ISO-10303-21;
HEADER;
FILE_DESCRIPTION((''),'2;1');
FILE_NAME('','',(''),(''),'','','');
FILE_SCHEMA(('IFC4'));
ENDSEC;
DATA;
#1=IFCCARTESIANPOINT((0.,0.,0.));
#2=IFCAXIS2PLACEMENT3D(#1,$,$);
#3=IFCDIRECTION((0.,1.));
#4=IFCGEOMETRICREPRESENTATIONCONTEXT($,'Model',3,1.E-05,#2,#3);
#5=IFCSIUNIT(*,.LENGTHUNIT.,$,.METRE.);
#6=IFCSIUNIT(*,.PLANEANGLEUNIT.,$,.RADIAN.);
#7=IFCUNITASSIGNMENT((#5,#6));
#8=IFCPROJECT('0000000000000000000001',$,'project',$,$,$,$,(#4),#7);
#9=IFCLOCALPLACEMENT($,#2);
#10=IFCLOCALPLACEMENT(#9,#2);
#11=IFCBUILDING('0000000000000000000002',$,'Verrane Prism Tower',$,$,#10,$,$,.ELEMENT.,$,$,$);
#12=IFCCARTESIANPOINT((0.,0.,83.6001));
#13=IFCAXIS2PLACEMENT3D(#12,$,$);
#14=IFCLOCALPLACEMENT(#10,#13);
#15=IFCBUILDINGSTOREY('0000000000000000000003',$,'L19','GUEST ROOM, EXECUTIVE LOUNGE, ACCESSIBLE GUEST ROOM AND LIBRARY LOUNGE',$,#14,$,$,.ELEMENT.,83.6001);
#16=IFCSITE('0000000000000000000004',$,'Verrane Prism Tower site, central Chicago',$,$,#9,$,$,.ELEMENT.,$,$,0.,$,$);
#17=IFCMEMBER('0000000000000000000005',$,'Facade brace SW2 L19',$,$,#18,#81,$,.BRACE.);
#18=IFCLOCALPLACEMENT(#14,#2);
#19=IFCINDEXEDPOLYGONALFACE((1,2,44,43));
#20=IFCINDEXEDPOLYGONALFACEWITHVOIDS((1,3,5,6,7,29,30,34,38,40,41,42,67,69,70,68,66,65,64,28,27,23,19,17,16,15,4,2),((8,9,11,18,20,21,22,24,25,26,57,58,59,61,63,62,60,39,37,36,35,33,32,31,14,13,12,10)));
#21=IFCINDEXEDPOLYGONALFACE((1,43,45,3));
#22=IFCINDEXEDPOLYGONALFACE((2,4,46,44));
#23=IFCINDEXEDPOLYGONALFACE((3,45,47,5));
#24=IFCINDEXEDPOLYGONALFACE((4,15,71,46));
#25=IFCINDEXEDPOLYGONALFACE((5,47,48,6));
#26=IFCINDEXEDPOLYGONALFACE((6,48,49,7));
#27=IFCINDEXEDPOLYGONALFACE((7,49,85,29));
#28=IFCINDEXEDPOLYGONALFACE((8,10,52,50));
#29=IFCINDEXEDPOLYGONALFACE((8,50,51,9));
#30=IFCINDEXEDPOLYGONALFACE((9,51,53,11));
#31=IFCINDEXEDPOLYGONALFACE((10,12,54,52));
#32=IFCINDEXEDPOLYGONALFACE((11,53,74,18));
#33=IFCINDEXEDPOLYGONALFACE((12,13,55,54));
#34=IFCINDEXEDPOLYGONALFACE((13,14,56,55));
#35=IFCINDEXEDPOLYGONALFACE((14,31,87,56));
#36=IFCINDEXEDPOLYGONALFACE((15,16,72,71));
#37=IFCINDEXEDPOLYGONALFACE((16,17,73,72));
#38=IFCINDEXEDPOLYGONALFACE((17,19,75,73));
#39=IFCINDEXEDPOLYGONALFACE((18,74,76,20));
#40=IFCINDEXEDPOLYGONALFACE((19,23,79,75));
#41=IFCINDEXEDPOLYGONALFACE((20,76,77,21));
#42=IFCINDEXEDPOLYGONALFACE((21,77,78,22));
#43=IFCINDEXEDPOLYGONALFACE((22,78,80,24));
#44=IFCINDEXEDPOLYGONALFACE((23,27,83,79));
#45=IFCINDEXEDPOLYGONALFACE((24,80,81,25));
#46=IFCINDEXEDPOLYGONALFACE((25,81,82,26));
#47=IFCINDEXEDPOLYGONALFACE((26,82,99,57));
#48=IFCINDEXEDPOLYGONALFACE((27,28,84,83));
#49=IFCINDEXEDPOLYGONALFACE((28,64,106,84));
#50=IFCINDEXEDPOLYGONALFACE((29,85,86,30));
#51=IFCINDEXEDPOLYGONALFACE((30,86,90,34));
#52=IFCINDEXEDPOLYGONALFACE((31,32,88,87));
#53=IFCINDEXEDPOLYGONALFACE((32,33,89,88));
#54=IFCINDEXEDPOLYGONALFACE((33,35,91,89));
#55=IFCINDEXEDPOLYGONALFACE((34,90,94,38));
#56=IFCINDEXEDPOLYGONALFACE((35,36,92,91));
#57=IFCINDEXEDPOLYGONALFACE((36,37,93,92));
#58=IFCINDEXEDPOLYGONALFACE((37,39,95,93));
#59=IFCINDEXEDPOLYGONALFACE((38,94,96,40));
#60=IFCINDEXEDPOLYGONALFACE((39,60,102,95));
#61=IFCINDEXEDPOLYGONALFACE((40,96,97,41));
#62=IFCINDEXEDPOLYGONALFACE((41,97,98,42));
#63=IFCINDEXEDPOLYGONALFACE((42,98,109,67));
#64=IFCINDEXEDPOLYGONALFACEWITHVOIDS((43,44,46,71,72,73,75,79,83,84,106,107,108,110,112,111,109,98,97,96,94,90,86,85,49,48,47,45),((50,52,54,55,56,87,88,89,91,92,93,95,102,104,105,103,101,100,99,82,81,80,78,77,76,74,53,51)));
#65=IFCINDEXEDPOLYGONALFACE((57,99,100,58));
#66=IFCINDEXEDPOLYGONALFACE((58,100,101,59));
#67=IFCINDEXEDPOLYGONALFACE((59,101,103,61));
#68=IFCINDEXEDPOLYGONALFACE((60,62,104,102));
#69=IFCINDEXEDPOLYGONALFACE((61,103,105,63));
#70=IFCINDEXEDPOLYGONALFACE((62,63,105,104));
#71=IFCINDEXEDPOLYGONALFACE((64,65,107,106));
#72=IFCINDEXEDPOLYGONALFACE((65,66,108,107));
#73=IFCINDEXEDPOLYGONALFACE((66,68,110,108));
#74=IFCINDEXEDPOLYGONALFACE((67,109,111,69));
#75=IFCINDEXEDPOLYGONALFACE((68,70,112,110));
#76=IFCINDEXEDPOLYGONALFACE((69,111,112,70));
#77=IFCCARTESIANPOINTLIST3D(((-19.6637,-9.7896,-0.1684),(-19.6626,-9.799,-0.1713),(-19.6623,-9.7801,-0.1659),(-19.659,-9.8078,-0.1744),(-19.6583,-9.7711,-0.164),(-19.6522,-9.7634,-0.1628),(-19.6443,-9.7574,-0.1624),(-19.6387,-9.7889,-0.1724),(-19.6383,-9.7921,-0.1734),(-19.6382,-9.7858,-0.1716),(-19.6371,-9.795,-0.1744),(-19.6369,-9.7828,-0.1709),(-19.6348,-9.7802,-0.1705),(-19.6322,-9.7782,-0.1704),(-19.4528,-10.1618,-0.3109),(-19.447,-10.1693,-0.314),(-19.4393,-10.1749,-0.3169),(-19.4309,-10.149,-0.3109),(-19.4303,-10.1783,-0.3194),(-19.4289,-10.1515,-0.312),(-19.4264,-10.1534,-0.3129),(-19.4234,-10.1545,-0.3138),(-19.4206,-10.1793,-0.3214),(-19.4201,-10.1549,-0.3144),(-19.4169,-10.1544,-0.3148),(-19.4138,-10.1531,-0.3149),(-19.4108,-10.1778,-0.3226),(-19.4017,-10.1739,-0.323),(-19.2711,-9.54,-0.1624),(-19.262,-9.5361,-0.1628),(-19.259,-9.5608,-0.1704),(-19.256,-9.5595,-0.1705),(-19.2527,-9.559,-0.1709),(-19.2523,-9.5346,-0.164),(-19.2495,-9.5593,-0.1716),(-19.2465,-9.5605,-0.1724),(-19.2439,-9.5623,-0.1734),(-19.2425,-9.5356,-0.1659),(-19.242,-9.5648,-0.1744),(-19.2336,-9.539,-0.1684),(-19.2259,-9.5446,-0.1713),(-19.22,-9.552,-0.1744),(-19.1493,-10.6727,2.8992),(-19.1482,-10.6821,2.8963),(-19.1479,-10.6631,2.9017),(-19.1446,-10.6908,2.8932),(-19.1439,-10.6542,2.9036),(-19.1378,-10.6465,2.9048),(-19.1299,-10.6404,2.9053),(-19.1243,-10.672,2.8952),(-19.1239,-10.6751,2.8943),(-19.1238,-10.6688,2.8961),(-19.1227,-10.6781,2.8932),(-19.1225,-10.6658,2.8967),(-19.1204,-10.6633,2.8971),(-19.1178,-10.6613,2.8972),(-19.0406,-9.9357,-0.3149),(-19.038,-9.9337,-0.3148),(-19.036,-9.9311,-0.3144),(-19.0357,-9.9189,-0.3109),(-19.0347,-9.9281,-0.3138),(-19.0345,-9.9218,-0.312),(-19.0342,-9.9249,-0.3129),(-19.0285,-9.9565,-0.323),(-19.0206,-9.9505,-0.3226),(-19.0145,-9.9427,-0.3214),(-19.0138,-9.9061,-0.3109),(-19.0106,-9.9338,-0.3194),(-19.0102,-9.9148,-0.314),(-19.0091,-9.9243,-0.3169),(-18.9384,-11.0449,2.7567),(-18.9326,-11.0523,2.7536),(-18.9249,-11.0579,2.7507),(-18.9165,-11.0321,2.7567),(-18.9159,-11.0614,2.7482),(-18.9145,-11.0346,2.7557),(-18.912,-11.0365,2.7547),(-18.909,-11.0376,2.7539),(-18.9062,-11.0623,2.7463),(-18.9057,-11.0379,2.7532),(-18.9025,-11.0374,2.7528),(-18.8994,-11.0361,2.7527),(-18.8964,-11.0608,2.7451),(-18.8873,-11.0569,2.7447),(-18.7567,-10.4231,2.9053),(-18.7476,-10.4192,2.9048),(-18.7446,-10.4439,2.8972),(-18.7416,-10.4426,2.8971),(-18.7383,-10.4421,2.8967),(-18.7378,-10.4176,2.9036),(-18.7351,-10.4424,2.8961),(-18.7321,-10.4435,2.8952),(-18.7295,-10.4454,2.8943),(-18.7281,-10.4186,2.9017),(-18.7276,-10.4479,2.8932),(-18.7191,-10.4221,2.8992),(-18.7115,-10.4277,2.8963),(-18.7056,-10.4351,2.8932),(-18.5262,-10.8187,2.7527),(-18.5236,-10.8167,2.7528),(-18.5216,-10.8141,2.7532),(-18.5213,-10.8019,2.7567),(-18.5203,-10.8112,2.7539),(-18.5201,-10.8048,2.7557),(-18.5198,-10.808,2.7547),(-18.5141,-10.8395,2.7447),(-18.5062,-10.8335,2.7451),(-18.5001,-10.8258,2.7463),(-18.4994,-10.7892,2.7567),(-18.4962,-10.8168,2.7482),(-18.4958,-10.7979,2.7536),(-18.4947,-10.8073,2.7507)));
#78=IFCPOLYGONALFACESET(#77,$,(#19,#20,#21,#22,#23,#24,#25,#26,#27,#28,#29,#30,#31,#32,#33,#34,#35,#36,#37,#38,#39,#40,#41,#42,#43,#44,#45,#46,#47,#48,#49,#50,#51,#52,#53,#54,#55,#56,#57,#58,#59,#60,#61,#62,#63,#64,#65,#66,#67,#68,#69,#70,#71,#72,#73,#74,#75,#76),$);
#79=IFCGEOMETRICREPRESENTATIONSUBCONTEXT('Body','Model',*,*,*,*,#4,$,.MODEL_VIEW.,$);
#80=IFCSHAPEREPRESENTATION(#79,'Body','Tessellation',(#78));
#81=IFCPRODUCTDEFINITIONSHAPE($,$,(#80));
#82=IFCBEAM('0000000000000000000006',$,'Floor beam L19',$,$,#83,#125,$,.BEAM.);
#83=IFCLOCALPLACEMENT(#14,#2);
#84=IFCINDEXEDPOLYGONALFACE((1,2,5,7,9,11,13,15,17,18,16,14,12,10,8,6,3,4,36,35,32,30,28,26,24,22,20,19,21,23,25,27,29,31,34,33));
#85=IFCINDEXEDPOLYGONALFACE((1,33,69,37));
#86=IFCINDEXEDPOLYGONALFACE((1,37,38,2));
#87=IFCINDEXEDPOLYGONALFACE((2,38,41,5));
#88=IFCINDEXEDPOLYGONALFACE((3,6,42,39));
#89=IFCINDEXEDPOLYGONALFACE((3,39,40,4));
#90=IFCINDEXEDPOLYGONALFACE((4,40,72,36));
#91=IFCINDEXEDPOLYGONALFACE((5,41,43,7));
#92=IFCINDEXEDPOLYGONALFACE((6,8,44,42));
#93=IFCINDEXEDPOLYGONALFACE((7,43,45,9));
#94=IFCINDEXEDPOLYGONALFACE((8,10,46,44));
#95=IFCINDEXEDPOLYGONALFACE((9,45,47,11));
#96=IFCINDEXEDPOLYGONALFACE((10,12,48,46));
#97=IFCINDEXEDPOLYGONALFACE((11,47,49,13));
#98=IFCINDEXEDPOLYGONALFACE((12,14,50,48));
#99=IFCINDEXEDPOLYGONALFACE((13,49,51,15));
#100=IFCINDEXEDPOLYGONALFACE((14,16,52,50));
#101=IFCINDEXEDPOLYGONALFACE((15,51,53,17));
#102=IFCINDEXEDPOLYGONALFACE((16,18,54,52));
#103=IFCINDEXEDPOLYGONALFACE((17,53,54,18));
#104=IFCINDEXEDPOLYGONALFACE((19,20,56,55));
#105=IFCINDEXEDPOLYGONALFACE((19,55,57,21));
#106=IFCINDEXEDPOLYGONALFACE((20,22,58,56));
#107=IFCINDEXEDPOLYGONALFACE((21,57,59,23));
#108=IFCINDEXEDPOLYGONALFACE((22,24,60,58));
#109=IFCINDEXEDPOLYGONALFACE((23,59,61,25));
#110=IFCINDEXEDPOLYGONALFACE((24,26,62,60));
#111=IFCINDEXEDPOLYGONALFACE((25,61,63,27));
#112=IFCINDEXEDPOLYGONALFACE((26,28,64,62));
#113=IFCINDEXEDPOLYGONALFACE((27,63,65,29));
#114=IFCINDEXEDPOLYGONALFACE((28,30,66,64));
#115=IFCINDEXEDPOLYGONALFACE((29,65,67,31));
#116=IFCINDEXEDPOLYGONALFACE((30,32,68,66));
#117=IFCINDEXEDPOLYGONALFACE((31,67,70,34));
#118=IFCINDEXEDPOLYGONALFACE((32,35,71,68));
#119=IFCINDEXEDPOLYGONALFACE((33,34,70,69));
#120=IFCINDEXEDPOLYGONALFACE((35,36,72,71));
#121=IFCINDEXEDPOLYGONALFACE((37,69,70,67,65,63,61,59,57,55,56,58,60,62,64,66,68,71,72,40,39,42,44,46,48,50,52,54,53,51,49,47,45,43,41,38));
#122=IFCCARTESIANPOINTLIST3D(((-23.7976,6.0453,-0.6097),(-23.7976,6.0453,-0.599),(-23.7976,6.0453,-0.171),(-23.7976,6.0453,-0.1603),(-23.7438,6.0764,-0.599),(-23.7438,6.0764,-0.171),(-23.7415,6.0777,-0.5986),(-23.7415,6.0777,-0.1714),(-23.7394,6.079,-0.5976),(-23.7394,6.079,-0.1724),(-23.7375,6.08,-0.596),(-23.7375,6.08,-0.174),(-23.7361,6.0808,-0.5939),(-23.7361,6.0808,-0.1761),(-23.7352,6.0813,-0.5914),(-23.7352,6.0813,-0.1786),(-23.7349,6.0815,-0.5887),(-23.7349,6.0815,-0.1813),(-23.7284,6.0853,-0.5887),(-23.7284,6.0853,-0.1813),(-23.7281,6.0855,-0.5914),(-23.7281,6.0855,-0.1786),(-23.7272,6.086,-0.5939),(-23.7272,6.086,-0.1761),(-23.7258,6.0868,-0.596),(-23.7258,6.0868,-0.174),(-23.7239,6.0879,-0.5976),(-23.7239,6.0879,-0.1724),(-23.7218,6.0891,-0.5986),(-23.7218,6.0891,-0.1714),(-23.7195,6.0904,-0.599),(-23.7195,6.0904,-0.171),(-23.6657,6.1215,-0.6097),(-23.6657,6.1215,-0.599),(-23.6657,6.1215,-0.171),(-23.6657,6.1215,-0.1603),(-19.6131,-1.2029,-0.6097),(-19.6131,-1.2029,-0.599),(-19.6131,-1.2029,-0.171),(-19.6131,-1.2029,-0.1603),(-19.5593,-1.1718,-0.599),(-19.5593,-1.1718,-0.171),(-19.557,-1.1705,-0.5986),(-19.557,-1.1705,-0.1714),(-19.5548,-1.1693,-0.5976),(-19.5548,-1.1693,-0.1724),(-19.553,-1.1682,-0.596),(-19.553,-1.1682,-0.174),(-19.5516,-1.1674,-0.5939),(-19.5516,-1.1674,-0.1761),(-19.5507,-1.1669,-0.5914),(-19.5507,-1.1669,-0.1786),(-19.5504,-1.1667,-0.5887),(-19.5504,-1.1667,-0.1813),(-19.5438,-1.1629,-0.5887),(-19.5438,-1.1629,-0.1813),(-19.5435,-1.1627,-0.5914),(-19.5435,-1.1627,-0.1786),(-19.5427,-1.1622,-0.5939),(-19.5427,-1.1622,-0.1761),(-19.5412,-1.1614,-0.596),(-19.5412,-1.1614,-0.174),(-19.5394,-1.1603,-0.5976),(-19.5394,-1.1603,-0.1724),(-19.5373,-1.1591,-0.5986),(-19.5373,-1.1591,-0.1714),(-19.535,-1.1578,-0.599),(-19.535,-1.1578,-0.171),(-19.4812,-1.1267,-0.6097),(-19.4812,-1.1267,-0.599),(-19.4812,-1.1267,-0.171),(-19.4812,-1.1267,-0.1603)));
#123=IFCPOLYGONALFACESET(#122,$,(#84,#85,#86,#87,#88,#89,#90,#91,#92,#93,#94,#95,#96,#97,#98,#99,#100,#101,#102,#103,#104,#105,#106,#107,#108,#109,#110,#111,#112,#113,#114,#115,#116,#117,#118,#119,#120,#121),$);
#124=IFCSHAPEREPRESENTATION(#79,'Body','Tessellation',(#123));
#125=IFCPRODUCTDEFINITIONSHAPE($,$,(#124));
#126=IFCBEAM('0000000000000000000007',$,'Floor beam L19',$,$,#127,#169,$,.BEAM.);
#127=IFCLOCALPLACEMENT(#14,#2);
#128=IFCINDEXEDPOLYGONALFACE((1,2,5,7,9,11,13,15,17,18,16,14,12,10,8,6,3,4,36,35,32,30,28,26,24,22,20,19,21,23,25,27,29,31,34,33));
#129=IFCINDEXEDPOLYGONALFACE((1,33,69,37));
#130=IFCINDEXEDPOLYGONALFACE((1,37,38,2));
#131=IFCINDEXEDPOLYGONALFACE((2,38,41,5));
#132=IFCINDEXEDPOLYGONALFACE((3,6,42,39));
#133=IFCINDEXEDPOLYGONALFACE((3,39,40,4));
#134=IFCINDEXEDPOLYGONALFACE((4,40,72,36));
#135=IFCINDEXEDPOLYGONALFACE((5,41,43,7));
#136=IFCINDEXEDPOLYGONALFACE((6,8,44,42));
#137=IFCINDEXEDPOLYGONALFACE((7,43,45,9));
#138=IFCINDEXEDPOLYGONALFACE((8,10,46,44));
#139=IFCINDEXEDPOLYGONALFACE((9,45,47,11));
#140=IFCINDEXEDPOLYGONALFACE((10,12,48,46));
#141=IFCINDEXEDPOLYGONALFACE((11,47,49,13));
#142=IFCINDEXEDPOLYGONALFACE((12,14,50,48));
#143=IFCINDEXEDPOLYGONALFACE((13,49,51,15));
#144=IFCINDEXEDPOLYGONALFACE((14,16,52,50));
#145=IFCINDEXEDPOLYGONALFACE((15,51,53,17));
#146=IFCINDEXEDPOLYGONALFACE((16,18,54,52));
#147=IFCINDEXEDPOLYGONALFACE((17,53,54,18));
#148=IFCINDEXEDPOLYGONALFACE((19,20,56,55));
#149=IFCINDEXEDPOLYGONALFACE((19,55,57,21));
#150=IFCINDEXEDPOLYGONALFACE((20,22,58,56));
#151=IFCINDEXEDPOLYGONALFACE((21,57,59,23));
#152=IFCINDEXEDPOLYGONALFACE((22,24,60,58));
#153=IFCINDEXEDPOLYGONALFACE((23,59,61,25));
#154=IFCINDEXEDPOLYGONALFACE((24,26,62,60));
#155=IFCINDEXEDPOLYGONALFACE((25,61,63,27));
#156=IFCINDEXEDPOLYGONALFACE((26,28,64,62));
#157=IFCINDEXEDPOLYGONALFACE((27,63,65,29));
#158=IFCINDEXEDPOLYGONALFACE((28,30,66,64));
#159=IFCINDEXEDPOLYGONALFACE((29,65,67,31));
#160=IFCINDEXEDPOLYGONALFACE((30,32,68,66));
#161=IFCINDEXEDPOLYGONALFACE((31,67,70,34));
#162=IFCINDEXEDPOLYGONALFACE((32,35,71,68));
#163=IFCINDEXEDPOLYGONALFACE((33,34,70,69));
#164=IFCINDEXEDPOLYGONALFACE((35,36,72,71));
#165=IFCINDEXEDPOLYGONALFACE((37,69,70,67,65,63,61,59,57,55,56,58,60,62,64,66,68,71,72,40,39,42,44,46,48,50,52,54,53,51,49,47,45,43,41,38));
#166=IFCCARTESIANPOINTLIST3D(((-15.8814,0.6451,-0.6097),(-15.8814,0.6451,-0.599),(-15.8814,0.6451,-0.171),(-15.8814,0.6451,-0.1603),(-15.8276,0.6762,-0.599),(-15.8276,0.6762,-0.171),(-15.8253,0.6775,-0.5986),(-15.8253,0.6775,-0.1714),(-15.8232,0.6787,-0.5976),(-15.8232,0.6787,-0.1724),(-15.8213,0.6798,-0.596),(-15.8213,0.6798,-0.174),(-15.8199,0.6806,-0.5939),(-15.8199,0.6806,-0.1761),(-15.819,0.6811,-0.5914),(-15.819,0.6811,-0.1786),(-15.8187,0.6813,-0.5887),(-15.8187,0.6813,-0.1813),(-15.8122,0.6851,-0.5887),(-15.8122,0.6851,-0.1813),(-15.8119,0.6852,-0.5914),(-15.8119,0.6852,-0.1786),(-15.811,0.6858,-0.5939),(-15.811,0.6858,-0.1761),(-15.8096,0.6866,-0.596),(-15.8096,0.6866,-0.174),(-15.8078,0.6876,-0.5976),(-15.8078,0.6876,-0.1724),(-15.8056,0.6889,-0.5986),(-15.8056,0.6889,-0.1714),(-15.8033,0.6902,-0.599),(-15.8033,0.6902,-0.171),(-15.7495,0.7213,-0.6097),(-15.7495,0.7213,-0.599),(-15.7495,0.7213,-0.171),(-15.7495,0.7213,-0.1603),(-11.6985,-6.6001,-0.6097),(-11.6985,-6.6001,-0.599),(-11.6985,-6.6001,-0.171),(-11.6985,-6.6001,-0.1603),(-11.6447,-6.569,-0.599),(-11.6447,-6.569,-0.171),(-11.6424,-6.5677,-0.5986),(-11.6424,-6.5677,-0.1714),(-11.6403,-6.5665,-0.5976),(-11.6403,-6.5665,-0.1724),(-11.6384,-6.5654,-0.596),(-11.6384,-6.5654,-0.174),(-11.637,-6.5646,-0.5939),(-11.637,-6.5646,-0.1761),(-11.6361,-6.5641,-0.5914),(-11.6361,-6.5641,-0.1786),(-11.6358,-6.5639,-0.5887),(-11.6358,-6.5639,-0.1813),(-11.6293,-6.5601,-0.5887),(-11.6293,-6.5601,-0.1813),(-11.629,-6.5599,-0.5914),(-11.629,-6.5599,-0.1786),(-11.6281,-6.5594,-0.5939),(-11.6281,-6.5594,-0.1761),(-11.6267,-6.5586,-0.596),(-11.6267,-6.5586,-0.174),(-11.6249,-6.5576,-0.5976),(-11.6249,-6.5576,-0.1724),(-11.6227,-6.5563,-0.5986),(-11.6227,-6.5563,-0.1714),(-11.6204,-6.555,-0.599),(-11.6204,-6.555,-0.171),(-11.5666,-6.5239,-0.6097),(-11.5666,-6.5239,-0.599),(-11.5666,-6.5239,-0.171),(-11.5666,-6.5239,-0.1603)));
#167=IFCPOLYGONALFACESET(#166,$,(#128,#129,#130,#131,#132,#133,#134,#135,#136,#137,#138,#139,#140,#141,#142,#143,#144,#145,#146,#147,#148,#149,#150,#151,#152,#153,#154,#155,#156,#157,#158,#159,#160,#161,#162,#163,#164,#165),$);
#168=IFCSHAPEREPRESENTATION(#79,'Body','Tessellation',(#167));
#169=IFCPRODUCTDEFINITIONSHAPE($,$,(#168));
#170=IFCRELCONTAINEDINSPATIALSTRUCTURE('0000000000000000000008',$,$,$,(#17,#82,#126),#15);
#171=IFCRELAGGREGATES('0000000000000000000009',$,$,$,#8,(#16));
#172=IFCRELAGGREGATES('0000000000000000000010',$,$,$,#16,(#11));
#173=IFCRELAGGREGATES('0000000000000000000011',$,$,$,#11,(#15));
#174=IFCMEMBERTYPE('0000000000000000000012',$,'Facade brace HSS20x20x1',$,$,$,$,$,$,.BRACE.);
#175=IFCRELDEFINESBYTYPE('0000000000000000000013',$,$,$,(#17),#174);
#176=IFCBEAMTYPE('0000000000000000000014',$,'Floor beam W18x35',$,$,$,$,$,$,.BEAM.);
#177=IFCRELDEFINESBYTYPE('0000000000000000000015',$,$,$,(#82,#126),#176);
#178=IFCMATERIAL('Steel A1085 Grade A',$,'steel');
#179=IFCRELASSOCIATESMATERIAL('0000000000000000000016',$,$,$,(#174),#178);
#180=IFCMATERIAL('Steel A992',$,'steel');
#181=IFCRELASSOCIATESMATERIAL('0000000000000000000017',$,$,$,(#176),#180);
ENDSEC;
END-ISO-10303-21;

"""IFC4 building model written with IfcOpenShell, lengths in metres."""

from ifc_helpers import new_model, si_unit, direction, frame, origin, origin_2d, place, context, subcontext, project, spatial, hollow_rectangle, i_section, extrude, material, material_profile, profile_set, type_object, element, save


model = new_model("IFC4")

# Units and contexts
model_context = context("Model", 3, precision=1e-05, world=origin(), true_north=direction((0.0, 1.0)))
body_context = subcontext(model_context, "Body", "Model", "MODEL_VIEW")
ifc_project = project(units=[si_unit("LENGTHUNIT", "METRE"), si_unit("PLANEANGLEUNIT", "RADIAN")], contexts=[model_context])

# Site, building, storey
site_placement = place(None, origin())
site = spatial("IfcSite", under=ifc_project, at=site_placement, Name="Verrane Prism Tower site, central Chicago", CompositionType="ELEMENT", RefElevation=0.0)
building_placement = place(site_placement, origin())
building = spatial("IfcBuilding", under=site, at=building_placement, Name="Verrane Prism Tower", CompositionType="ELEMENT")
storey_placement = place(building_placement, frame((0.0, 0.0, 83.6001)))
storey = spatial("IfcBuildingStorey", under=building, at=storey_placement, Name="L19", Description="GUEST ROOM, EXECUTIVE LOUNGE, ACCESSIBLE GUEST ROOM AND LIBRARY LOUNGE", CompositionType="ELEMENT", Elevation=83.6001)

# Member
ifc_material_1 = material(Name="Steel A1085 Grade A", Category="steel")
ifc_material_profile_1 = material_profile(ifc_material_1, hollow_rectangle(XDim=0.5081, YDim=0.5081, WallThickness=0.0254, InnerFilletRadius=0.0127, OuterFilletRadius=0.0381, at=origin_2d()), Name="HSS20x20x1")
ifc_profile_set_1 = profile_set([ifc_material_profile_1], Name="Steel A1085 Grade A")
member_type_1 = type_object("IfcMemberType", Name="Facade brace HSS20x20x1", PredefinedType="BRACE", material=ifc_profile_set_1)
member_1_placement = place(storey_placement, frame((-19.3364, -9.8569, -0.2427), z_axis=(0.159092, -0.273106, 0.948737), x_axis=(0.864082, 0.503351, 0.0)))
element("IfcMember", 1, at=member_1_placement, inside=storey, type_object=member_type_1, Name="Facade brace SW2 L19", PredefinedType="BRACE", context=body_context, shape_type="SweptSolid", body=[
    extrude(hollow_rectangle(XDim=0.5081, YDim=0.5081, WallThickness=0.0254, InnerFilletRadius=0.0127, OuterFilletRadius=0.0381, at=origin_2d()), origin(), (0.0, 0.0, 1.0), 3.2334),
])

# Beams
ifc_material_2 = material(Name="Steel A992", Category="steel")
ifc_material_profile_2 = material_profile(ifc_material_2, i_section(OverallWidth=0.1523, OverallDepth=0.4495, WebThickness=0.0076, FlangeThickness=0.0107, FilletRadius=0.0103, at=origin_2d()), Name="W18x35")
ifc_profile_set_2 = profile_set([ifc_material_profile_2], Name="Steel A992")
beam_type_1 = type_object("IfcBeamType", Name="Floor beam W18x35", PredefinedType="BEAM", material=ifc_profile_set_2)
beam_1_placement = place(storey_placement, frame((-19.5471, -1.1648, -0.385), z_axis=(-0.499979, 0.866037, 0.0), x_axis=(-0.866037, -0.499979, 0.0)))
element("IfcBeam", 2, at=beam_1_placement, inside=storey, type_object=beam_type_1, Name="Floor beam L19", PredefinedType="BEAM", context=body_context, shape_type="SweptSolid", body=[
    extrude(i_section(OverallWidth=0.1523, OverallDepth=0.4495, WebThickness=0.0076, FlangeThickness=0.0107, FilletRadius=0.0103, at=origin_2d()), origin(), (0.0, 0.0, 1.0), 8.3694),
])
beam_2_placement = place(storey_placement, frame((-11.6326, -6.562, -0.385), z_axis=(-0.49999, 0.866031, 0.0), x_axis=(-0.866031, -0.49999, 0.0)))
element("IfcBeam", 3, at=beam_2_placement, inside=storey, type_object=beam_type_1, Name="Floor beam L19", PredefinedType="BEAM", context=body_context, shape_type="SweptSolid", body=[
    extrude(i_section(OverallWidth=0.1523, OverallDepth=0.4495, WebThickness=0.0076, FlangeThickness=0.0107, FilletRadius=0.0103, at=origin_2d()), origin(), (0.0, 0.0, 1.0), 8.366),
])

save(model, "model.ifc")
